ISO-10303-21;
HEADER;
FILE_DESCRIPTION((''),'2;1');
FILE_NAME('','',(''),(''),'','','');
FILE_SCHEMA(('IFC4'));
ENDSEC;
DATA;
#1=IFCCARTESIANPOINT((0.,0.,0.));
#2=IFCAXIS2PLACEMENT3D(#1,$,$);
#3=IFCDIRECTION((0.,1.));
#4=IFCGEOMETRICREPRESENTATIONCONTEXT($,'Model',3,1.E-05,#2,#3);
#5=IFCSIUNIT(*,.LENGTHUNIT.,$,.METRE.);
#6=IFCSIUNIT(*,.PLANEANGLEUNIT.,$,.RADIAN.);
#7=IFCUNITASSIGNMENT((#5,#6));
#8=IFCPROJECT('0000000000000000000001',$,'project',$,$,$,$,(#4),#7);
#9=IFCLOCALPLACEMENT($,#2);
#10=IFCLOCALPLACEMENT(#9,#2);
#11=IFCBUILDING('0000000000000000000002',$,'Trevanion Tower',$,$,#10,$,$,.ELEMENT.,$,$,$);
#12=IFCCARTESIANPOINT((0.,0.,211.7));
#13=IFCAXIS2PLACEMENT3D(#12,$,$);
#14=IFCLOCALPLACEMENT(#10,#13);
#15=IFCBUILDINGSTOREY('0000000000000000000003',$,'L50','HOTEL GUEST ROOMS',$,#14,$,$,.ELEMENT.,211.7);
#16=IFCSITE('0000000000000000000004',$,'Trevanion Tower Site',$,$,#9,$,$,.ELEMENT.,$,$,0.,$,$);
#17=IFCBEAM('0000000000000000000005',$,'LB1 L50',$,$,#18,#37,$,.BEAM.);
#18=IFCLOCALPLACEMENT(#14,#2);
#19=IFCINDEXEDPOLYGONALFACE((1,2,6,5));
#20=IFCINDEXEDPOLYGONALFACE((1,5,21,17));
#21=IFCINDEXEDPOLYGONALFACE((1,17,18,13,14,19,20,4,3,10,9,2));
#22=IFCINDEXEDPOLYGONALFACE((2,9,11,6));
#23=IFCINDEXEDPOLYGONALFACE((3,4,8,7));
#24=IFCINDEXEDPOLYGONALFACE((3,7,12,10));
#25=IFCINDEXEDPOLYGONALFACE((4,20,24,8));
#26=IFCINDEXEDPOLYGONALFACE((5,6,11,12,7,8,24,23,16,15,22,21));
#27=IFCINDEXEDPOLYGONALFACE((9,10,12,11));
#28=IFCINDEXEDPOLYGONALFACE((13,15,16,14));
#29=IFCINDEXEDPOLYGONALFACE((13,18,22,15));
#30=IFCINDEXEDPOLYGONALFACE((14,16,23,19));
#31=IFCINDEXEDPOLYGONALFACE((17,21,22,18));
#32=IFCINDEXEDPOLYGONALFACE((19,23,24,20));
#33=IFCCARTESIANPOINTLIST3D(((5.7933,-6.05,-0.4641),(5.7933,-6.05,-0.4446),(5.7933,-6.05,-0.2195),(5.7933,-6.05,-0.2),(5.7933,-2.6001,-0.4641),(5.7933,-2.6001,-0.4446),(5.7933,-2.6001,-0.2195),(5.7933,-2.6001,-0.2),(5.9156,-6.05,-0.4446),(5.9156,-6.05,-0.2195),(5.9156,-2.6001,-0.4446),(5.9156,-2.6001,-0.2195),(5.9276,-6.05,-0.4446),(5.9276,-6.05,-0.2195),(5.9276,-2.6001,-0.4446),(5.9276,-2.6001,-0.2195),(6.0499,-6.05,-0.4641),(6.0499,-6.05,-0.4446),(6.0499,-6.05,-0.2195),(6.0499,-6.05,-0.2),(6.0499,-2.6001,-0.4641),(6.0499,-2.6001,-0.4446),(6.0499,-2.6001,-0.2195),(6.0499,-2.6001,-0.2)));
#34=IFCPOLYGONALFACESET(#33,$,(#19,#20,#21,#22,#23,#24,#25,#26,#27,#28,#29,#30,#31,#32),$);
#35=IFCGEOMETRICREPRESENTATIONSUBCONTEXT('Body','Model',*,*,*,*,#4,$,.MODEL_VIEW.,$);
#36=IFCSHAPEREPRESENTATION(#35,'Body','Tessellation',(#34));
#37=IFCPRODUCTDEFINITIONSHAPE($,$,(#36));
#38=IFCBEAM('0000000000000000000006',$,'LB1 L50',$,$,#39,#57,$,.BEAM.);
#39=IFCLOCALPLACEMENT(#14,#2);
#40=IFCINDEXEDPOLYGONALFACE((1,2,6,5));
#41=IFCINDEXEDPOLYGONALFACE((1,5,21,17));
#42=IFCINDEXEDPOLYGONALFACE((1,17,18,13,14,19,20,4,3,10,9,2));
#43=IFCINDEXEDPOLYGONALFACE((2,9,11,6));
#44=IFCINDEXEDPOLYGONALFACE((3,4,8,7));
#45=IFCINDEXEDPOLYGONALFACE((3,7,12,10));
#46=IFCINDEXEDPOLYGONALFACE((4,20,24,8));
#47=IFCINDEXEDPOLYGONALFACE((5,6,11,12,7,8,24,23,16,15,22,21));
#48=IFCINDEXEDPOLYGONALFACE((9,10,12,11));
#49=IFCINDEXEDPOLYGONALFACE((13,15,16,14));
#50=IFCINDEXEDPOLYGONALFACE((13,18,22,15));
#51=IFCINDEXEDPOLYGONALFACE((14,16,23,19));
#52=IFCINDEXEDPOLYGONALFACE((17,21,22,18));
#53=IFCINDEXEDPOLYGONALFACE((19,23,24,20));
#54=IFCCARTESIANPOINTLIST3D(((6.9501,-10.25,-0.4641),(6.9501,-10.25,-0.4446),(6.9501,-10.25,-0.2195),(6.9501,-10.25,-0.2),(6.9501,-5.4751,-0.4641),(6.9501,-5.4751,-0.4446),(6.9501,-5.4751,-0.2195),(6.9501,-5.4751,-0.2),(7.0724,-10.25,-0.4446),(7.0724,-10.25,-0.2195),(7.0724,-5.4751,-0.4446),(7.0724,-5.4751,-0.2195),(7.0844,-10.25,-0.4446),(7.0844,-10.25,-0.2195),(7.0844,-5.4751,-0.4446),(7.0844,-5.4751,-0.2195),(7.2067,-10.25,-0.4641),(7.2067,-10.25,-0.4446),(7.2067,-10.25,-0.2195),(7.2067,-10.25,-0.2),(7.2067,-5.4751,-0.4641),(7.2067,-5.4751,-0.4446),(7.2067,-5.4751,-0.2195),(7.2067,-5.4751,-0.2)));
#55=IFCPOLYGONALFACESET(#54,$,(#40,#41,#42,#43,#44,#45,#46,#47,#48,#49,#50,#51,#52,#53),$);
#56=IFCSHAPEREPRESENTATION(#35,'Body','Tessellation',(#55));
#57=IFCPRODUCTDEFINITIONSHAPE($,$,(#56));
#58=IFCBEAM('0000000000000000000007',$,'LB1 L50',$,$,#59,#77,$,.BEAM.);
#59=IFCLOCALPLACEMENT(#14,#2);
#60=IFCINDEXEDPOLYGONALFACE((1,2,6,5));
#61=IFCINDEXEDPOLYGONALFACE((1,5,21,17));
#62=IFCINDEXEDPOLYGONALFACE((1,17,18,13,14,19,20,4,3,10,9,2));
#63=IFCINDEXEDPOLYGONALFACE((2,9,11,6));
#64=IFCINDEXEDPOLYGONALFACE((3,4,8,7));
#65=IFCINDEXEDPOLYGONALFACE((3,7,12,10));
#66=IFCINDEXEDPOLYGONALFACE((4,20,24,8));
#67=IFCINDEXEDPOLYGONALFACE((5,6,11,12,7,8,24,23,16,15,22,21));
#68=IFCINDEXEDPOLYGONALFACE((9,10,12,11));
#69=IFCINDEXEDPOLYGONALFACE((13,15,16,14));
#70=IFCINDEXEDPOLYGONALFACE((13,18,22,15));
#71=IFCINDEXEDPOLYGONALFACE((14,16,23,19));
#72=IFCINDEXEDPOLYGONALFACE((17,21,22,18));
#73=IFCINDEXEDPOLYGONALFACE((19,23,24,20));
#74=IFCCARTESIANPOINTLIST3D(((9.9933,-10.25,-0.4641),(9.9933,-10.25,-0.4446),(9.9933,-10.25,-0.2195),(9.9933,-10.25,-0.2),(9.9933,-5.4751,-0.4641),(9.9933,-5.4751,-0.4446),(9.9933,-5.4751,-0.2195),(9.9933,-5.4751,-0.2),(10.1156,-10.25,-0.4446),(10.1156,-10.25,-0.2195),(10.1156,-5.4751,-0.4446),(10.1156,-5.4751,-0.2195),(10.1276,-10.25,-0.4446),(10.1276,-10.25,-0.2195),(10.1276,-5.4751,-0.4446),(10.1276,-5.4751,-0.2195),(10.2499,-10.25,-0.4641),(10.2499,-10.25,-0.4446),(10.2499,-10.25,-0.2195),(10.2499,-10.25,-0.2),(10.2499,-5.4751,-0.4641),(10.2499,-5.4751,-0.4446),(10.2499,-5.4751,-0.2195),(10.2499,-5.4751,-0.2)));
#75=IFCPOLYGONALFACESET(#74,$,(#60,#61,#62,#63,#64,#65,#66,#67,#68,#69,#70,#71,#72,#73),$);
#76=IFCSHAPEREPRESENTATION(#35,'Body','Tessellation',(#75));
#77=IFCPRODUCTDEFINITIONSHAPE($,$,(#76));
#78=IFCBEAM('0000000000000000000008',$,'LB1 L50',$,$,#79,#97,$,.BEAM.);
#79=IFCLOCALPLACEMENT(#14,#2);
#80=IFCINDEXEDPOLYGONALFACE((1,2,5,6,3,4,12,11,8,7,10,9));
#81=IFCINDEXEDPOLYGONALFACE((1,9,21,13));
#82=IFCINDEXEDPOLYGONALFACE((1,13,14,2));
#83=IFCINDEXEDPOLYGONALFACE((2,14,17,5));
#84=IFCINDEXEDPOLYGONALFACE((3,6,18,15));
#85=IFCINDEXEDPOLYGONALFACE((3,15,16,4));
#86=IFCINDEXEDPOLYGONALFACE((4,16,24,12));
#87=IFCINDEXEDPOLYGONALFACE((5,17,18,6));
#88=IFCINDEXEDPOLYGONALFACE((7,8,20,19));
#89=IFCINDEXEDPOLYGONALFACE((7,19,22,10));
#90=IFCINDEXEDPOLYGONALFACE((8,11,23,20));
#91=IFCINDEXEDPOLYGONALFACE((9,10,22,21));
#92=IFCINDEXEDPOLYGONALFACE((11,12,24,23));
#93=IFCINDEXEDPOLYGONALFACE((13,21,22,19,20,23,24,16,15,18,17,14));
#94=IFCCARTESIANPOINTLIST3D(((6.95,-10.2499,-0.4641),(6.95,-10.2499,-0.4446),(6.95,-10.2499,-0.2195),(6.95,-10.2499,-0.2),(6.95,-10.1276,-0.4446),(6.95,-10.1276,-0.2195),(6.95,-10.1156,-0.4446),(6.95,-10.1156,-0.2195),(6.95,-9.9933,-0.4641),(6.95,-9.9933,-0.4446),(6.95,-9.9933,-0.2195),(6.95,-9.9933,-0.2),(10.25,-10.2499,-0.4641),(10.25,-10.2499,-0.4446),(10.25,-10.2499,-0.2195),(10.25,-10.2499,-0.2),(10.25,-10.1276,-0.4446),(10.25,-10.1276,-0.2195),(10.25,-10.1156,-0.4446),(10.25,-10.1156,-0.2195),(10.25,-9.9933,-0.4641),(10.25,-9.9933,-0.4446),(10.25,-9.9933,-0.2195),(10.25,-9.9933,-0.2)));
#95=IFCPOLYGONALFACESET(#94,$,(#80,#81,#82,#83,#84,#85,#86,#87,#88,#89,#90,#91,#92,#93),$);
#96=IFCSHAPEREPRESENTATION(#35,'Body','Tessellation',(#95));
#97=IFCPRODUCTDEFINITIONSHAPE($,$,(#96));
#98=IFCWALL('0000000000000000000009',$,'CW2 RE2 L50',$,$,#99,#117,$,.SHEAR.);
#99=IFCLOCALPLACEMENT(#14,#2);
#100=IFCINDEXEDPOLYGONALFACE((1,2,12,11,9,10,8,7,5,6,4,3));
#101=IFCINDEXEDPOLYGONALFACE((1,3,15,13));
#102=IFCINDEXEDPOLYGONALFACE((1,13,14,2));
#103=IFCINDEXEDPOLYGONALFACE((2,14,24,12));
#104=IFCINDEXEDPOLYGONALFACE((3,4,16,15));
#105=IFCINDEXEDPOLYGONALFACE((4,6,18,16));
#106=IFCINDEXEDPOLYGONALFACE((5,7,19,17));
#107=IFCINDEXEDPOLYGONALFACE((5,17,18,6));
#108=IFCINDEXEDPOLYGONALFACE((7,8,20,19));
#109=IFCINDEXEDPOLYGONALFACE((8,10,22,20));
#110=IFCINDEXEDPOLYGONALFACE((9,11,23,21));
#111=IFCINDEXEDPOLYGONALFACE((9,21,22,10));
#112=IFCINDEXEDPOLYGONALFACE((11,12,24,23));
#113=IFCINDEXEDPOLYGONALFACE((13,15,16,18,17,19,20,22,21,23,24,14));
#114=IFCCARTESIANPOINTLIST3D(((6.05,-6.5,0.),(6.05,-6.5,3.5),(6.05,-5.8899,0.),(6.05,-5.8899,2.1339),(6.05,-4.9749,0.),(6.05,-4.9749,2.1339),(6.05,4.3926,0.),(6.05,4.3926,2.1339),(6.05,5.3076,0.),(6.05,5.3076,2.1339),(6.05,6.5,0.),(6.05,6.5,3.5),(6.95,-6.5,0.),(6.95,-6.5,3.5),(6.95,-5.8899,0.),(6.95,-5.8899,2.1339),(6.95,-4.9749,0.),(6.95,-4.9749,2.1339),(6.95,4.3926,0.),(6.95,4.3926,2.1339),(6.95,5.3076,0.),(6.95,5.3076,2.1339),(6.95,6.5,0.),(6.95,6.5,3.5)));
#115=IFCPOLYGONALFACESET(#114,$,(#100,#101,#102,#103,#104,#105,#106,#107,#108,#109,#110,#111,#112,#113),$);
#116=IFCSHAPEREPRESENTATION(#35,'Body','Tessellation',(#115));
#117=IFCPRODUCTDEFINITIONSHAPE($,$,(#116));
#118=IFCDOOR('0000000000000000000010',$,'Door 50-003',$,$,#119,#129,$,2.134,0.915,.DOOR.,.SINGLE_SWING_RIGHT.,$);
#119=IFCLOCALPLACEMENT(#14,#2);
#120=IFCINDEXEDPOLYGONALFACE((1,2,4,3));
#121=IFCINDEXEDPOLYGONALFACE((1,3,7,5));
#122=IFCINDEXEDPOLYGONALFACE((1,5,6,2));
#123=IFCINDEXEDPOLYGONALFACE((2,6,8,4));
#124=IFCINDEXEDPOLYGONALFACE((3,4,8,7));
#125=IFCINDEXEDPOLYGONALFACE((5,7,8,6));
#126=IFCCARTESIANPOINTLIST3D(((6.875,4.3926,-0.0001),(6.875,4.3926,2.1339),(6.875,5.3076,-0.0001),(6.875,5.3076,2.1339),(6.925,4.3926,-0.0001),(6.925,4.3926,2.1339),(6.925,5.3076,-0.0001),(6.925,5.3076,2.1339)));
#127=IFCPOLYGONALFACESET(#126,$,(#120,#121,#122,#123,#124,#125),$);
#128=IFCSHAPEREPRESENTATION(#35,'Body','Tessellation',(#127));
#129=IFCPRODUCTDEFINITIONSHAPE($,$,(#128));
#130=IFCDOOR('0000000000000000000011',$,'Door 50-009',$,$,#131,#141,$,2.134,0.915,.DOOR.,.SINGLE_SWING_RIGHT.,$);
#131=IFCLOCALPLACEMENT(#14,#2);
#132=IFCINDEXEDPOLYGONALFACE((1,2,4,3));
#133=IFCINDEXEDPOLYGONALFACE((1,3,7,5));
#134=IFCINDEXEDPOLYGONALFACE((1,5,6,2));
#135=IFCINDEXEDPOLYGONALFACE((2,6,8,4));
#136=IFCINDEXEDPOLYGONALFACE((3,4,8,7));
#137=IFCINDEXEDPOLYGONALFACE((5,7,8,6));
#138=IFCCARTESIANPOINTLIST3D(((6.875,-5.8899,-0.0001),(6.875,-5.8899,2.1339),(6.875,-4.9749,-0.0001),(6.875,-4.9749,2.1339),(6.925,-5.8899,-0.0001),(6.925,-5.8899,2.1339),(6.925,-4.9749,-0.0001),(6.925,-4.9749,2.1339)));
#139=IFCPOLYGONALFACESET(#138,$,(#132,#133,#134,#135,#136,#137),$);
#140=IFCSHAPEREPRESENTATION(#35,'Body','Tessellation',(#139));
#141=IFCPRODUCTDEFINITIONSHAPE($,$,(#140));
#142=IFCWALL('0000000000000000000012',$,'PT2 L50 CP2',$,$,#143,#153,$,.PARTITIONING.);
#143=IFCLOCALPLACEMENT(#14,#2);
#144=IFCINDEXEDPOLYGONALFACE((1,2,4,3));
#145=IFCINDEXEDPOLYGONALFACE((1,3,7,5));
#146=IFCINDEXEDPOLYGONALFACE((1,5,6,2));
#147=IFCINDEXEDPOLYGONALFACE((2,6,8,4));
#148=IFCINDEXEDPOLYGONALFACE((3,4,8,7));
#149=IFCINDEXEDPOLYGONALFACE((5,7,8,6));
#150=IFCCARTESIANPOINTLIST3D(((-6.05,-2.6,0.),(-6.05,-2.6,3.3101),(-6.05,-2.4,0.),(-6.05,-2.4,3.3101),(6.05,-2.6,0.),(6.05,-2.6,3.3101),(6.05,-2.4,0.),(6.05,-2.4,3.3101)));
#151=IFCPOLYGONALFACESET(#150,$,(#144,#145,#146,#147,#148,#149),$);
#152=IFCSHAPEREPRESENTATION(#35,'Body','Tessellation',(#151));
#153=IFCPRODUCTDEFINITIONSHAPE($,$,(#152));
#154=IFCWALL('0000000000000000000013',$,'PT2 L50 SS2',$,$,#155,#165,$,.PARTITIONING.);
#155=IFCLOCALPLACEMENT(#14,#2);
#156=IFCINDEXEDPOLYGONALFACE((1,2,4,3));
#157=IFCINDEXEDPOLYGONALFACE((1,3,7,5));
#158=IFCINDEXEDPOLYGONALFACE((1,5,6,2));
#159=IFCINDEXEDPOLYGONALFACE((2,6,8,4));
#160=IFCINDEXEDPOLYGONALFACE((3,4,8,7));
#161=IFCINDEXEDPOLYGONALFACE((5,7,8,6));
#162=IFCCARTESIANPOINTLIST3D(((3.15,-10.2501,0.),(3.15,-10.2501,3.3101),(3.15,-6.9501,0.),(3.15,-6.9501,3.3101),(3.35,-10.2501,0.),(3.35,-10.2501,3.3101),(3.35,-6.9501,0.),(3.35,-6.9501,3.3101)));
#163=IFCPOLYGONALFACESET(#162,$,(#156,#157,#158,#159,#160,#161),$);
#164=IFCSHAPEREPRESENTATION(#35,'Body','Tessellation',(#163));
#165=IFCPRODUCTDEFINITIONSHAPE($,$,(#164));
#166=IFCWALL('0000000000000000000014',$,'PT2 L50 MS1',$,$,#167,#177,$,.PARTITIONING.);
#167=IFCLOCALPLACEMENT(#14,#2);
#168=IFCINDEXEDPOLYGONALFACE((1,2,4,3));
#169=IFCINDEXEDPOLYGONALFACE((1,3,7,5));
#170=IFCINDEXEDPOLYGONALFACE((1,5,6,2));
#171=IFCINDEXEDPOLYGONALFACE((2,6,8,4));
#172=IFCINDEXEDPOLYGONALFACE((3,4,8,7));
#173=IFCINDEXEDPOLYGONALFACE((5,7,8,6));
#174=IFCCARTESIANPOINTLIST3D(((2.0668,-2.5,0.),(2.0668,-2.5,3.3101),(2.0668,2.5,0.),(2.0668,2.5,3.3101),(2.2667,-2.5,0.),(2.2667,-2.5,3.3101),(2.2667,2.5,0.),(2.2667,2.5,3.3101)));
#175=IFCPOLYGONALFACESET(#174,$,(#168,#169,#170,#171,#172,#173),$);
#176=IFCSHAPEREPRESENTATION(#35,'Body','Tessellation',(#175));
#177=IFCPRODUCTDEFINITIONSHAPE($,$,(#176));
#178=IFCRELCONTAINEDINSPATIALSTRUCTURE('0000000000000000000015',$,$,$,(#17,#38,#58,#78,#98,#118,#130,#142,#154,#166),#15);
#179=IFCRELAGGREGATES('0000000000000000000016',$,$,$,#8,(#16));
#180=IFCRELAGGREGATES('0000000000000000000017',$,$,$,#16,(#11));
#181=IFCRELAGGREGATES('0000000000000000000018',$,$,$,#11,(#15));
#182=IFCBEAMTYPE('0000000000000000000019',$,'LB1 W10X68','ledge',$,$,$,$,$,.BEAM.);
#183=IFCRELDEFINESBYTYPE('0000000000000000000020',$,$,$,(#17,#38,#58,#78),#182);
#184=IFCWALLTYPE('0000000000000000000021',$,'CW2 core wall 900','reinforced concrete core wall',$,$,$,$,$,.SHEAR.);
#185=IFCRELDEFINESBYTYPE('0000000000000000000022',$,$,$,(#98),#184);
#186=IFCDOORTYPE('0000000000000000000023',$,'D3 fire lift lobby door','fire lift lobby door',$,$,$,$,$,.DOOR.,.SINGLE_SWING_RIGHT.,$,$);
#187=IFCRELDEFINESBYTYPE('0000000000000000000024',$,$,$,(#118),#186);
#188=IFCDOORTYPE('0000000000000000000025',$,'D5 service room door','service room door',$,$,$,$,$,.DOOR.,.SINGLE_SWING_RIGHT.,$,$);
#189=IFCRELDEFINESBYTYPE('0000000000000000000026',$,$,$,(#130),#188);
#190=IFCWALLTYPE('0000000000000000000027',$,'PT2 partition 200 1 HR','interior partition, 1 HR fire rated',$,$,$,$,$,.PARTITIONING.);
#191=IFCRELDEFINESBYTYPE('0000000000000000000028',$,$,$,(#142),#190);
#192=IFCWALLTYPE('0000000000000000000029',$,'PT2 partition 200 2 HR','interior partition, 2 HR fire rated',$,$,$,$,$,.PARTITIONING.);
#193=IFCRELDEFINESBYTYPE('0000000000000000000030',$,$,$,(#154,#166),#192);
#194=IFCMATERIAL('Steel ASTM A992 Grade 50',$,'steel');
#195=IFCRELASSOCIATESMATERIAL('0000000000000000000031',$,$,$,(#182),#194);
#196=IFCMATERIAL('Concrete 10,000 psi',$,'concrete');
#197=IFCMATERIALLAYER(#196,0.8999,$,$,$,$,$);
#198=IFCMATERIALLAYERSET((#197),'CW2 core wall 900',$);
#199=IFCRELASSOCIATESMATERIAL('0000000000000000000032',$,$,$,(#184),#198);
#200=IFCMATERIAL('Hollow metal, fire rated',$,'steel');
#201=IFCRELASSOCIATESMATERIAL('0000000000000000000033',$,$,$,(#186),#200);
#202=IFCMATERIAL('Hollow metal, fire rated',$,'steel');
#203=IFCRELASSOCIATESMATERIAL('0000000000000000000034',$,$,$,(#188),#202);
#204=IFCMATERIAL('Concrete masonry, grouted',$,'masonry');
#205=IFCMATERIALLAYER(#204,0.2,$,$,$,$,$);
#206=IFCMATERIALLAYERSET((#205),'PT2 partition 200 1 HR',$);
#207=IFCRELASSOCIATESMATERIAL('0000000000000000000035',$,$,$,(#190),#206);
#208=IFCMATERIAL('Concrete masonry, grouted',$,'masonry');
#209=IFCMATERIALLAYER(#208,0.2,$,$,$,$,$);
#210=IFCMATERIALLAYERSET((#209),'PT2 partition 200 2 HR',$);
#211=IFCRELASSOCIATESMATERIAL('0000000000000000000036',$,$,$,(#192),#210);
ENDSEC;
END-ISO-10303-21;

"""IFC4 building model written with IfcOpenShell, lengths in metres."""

from ifc_helpers import new_model, si_unit, direction, frame, frame_2d, origin, origin_2d, place, context, subcontext, project, spatial, rectangle, i_section, extrude, material, layer, layer_set, material_profile, profile_set, type_object, element, fill, save


model = new_model("IFC4")

# Units and contexts
model_context = context("Model", 3, precision=1e-05, world=origin(), true_north=direction((0.0, 1.0)))
body_context = subcontext(model_context, "Body", "Model", "MODEL_VIEW")
ifc_project = project(units=[si_unit("LENGTHUNIT", "METRE"), si_unit("PLANEANGLEUNIT", "RADIAN")], contexts=[model_context])

# Site, building, storey
site_placement = place(None, origin())
site = spatial("IfcSite", under=ifc_project, at=site_placement, Name="Trevanion Tower Site", CompositionType="ELEMENT", RefElevation=0.0)
building_placement = place(site_placement, origin())
building = spatial("IfcBuilding", under=site, at=building_placement, Name="Trevanion Tower", CompositionType="ELEMENT")
storey_placement = place(building_placement, frame((0.0, 0.0, 211.7)))
storey = spatial("IfcBuildingStorey", under=building, at=storey_placement, Name="L50", Description="HOTEL GUEST ROOMS", CompositionType="ELEMENT", Elevation=211.7)

# Beams
ifc_material_1 = material(Name="Steel ASTM A992 Grade 50", Category="steel")
ifc_material_profile = material_profile(ifc_material_1, i_section(OverallWidth=0.2566, OverallDepth=0.2642, WebThickness=0.012, FlangeThickness=0.0195, at=origin_2d()), Name="W10X68")
ifc_profile_set = profile_set([ifc_material_profile], Name="Steel ASTM A992 Grade 50")
beam_type = type_object("IfcBeamType", Name="LB1 W10X68", Description="ledge", PredefinedType="BEAM", material=ifc_profile_set)
beam_1_placement = place(storey_placement, frame((5.9216, -6.05, -0.332), z_axis=(0.0, 1.0, 0.0), x_axis=(-1.0, 0.0, 0.0)))
element("IfcBeam", 1, at=beam_1_placement, inside=storey, type_object=beam_type, Name="LB1 L50", PredefinedType="BEAM", context=body_context, shape_type="SweptSolid", body=[
    extrude(i_section(OverallWidth=0.2566, OverallDepth=0.2642, WebThickness=0.012, FlangeThickness=0.0195, at=origin_2d()), origin(), (0.0, 0.0, 1.0), 3.45),
])
for number, where, z_axis, x_axis, name in (
    (2, (7.0784, -10.25, -0.332), (0.0, 1.0, 0.0), (-1.0, 0.0, 0.0), "LB1 L50"),
    (3, (10.1216, -10.25, -0.332), (0.0, 1.0, 0.0), (-1.0, 0.0, 0.0), "LB1 L50"),
):
    element("IfcBeam", number, at=place(storey_placement, frame(where, z_axis=z_axis, x_axis=x_axis)), inside=storey, type_object=beam_type, Name=name, PredefinedType="BEAM", context=body_context, shape_type="SweptSolid", body=[
        extrude(i_section(OverallWidth=0.2566, OverallDepth=0.2642, WebThickness=0.012, FlangeThickness=0.0195, at=origin_2d()), origin(), (0.0, 0.0, 1.0), 4.7749),
    ])
beam_2_placement = place(storey_placement, frame((6.95, -10.1216, -0.332), z_axis=(1.0, 0.0, 0.0), x_axis=(0.0, 1.0, 0.0)))
element("IfcBeam", 4, at=beam_2_placement, inside=storey, type_object=beam_type, Name="LB1 L50", PredefinedType="BEAM", context=body_context, shape_type="SweptSolid", body=[
    extrude(i_section(OverallWidth=0.2566, OverallDepth=0.2642, WebThickness=0.012, FlangeThickness=0.0195, at=origin_2d()), origin(), (0.0, 0.0, 1.0), 3.3),
])

# Wall, openings, doors
ifc_material_2 = material(Name="Concrete 10,000 psi", Category="concrete")
ifc_layer_1 = layer(ifc_material_2, 0.8999)
ifc_layer_set_1 = layer_set([ifc_layer_1], Name="CW2 core wall 900")
wall_type_1 = type_object("IfcWallType", Name="CW2 core wall 900", Description="reinforced concrete core wall", PredefinedType="SHEAR", material=ifc_layer_set_1)
wall_1_placement = place(storey_placement, frame((6.5, -6.5, 0.0), z_axis=(0.0, 0.0, 1.0), x_axis=(0.0, 1.0, 0.0)))
wall_1 = element("IfcWall", 5, at=wall_1_placement, inside=storey, type_object=wall_type_1, Name="CW2 RE2 L50", PredefinedType="SHEAR", context=body_context, shape_type="SweptSolid", body=[
    extrude(rectangle(XDim=13.0, YDim=0.8999, at=frame_2d((6.5, 0.0))), origin(), (0.0, 0.0, 1.0), 3.5),
])
opening_1_placement = place(wall_1_placement, frame((10.8926, 0.0, 0.0)))
opening_1 = element("IfcOpeningElement", 6, at=opening_1_placement, cuts=wall_1, PredefinedType="OPENING", context=body_context, shape_type="SweptSolid", body=[
    extrude(rectangle(XDim=0.915, YDim=2.134, at=frame_2d((0.4575, 1.0669))), frame((0.0, 0.46, 0.0), z_axis=(0.0, -1.0, 0.0), x_axis=(1.0, 0.0, 0.0)), (0.0, 0.0, 1.0), 0.9199),
])
opening_2_placement = place(wall_1_placement, frame((0.6101, 0.0, 0.0)))
opening_2 = element("IfcOpeningElement", 7, at=opening_2_placement, cuts=wall_1, PredefinedType="OPENING", context=body_context, shape_type="SweptSolid", body=[
    extrude(rectangle(XDim=0.915, YDim=2.134, at=frame_2d((0.4575, 1.0669))), frame((0.0, 0.46, 0.0), z_axis=(0.0, -1.0, 0.0), x_axis=(1.0, 0.0, 0.0)), (0.0, 0.0, 1.0), 0.9199),
])
ifc_material_3 = material(Name="Hollow metal, fire rated", Category="steel")
door_type_1 = type_object("IfcDoorType", Name="D3 fire lift lobby door", Description="fire lift lobby door", OperationType="SINGLE_SWING_RIGHT", PredefinedType="DOOR", material=ifc_material_3)
door_1_placement = place(opening_1_placement, origin())
door_1 = element("IfcDoor", 8, at=door_1_placement, inside=storey, type_object=door_type_1, Name="Door 50-003", OperationType="SINGLE_SWING_RIGHT", OverallHeight=2.134, OverallWidth=0.915, PredefinedType="DOOR", context=body_context, shape_type="SweptSolid", body=[
    extrude(rectangle(XDim=0.915, YDim=2.134, at=frame_2d((0.4575, 1.0669))), frame((0.0, -0.375, 0.0), z_axis=(0.0, -1.0, 0.0), x_axis=(1.0, 0.0, 0.0)), (0.0, 0.0, 1.0), 0.05),
])
fill(opening_1, door_1)
ifc_material_4 = material(Name="Hollow metal, fire rated", Category="steel")
door_type_2 = type_object("IfcDoorType", Name="D5 service room door", Description="service room door", OperationType="SINGLE_SWING_RIGHT", PredefinedType="DOOR", material=ifc_material_4)
door_2_placement = place(opening_2_placement, origin())
door_2 = element("IfcDoor", 9, at=door_2_placement, inside=storey, type_object=door_type_2, Name="Door 50-009", OperationType="SINGLE_SWING_RIGHT", OverallHeight=2.134, OverallWidth=0.915, PredefinedType="DOOR", context=body_context, shape_type="SweptSolid", body=[
    extrude(rectangle(XDim=0.915, YDim=2.134, at=frame_2d((0.4575, 1.0669))), frame((0.0, -0.375, 0.0), z_axis=(0.0, -1.0, 0.0), x_axis=(1.0, 0.0, 0.0)), (0.0, 0.0, 1.0), 0.05),
])
fill(opening_2, door_2)

# Walls
ifc_material_5 = material(Name="Concrete masonry, grouted", Category="masonry")
ifc_layer_2 = layer(ifc_material_5, 0.2)
ifc_layer_set_2 = layer_set([ifc_layer_2], Name="PT2 partition 200 1 HR")
wall_type_2 = type_object("IfcWallType", Name="PT2 partition 200 1 HR", Description="interior partition, 1 HR fire rated", PredefinedType="PARTITIONING", material=ifc_layer_set_2)
wall_2_placement = place(storey_placement, frame((6.05, -2.5, 0.0), z_axis=(0.0, 0.0, 1.0), x_axis=(-1.0, 0.0, 0.0)))
element("IfcWall", 10, at=wall_2_placement, inside=storey, type_object=wall_type_2, Name="PT2 L50 CP2", PredefinedType="PARTITIONING", context=body_context, shape_type="SweptSolid", body=[
    extrude(rectangle(XDim=12.1001, YDim=0.2, at=frame_2d((6.05, 0.0))), origin(), (0.0, 0.0, 1.0), 3.3101),
])
ifc_material_6 = material(Name="Concrete masonry, grouted", Category="masonry")
ifc_layer_3 = layer(ifc_material_6, 0.2)
ifc_layer_set_3 = layer_set([ifc_layer_3], Name="PT2 partition 200 2 HR")
wall_type_3 = type_object("IfcWallType", Name="PT2 partition 200 2 HR", Description="interior partition, 2 HR fire rated", PredefinedType="PARTITIONING", material=ifc_layer_set_3)
wall_3_placement = place(storey_placement, frame((3.25, -10.25, 0.0), z_axis=(0.0, 0.0, 1.0), x_axis=(0.0, 1.0, 0.0)))
element("IfcWall", 11, at=wall_3_placement, inside=storey, type_object=wall_type_3, Name="PT2 L50 SS2", PredefinedType="PARTITIONING", context=body_context, shape_type="SweptSolid", body=[
    extrude(rectangle(XDim=3.3, YDim=0.2, at=frame_2d((1.6499, 0.0))), origin(), (0.0, 0.0, 1.0), 3.3101),
])
wall_4_placement = place(storey_placement, frame((2.1667, -2.5, 0.0), z_axis=(0.0, 0.0, 1.0), x_axis=(0.0, 1.0, 0.0)))
element("IfcWall", 12, at=wall_4_placement, inside=storey, type_object=wall_type_3, Name="PT2 L50 MS1", PredefinedType="PARTITIONING", context=body_context, shape_type="SweptSolid", body=[
    extrude(rectangle(XDim=5.0, YDim=0.2, at=frame_2d((2.5, 0.0))), origin(), (0.0, 0.0, 1.0), 3.3101),
])

save(model, "model.ifc")
